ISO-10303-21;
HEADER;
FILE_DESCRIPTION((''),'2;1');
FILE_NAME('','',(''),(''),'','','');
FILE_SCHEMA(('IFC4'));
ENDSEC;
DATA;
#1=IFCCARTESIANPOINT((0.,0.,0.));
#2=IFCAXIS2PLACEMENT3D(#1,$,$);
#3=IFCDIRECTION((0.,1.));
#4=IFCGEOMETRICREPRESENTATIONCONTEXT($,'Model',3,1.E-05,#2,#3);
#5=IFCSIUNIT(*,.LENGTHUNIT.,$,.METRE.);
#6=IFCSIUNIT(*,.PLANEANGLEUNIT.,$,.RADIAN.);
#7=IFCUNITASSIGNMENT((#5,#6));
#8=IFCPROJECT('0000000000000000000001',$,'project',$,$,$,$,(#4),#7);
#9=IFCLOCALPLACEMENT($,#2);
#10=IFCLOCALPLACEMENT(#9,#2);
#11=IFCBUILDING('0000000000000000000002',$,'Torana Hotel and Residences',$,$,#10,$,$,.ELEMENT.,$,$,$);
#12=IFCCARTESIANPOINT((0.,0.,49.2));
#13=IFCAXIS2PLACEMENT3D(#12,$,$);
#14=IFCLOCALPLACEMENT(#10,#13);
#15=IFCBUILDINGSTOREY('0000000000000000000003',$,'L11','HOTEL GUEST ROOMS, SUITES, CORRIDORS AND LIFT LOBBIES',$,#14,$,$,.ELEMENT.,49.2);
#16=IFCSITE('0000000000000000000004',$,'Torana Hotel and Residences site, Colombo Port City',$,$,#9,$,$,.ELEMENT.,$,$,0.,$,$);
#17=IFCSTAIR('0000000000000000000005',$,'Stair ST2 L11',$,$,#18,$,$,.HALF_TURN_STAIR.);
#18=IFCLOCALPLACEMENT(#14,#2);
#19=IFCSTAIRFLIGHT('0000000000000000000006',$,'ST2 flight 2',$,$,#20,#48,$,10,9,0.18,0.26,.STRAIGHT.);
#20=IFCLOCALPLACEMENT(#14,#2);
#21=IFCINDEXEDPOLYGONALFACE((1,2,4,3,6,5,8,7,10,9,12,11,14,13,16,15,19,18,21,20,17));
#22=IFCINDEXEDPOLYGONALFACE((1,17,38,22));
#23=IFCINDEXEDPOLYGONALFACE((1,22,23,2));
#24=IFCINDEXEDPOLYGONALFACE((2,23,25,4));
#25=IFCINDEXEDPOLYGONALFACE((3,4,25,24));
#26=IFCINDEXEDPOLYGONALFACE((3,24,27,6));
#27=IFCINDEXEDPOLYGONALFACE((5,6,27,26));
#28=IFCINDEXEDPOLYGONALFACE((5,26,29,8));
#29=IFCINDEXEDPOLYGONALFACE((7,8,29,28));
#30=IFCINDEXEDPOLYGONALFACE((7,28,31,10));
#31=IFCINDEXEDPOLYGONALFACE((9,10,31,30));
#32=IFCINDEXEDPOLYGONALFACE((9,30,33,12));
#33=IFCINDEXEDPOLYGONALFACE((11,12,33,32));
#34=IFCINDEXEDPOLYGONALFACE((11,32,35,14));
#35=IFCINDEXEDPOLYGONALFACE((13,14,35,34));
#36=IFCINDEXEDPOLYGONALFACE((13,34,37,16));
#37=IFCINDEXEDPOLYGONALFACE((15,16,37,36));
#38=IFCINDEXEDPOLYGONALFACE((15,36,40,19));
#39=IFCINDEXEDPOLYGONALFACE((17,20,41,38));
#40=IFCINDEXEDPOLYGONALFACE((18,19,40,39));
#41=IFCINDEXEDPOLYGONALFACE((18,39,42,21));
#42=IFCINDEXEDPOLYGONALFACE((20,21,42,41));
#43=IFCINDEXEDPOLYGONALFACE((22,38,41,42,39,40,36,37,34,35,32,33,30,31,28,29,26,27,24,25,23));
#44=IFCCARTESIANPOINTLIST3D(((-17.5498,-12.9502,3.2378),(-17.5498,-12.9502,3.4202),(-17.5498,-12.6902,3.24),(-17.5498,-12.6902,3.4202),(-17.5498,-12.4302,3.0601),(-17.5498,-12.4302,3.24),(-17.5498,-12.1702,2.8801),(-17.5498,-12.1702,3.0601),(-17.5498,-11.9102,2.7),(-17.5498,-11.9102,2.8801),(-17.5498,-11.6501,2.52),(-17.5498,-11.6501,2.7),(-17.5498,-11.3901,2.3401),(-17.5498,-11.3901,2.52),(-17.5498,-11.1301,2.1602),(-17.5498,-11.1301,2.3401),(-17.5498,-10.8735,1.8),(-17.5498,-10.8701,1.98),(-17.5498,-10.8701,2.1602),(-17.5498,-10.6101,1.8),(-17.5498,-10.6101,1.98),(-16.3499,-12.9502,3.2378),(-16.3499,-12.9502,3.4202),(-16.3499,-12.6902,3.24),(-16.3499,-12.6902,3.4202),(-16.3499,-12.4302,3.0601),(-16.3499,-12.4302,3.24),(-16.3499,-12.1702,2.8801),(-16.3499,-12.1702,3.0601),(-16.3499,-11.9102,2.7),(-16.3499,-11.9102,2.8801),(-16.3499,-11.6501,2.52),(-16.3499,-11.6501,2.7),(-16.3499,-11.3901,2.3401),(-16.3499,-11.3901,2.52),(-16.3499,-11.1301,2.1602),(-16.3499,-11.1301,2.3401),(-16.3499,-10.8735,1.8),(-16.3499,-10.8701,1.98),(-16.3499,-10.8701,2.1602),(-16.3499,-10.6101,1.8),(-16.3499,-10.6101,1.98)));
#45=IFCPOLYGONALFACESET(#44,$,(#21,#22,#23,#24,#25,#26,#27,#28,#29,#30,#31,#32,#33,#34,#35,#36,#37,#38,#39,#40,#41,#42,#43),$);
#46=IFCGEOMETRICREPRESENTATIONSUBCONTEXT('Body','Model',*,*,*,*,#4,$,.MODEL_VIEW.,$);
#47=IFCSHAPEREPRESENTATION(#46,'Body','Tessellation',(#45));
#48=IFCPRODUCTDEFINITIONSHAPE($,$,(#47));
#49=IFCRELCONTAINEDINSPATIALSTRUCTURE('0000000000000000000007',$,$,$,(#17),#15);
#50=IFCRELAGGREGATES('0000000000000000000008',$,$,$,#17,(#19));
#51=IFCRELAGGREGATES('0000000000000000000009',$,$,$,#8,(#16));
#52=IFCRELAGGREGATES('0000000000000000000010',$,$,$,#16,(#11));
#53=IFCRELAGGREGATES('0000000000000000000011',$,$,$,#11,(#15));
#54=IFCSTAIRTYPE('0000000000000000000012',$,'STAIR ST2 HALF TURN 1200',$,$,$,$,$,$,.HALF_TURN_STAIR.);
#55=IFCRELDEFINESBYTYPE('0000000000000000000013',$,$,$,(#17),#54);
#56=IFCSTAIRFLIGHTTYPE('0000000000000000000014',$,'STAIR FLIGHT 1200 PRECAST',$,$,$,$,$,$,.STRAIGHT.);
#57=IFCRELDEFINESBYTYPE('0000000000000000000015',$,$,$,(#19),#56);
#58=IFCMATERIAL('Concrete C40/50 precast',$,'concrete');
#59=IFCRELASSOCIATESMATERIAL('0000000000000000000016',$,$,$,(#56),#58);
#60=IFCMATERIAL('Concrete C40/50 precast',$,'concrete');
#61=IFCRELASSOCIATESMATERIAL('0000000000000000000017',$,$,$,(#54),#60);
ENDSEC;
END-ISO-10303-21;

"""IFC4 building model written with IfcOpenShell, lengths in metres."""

from ifc_helpers import new_model, si_unit, direction, frame, origin, place, context, subcontext, project, spatial, polyline, outline, extrude, material, type_object, element, aggregate, save


model = new_model("IFC4")

# Units and contexts
model_context = context("Model", 3, precision=1e-05, world=origin(), true_north=direction((0.0, 1.0)))
body_context = subcontext(model_context, "Body", "Model", "MODEL_VIEW")
ifc_project = project(units=[si_unit("LENGTHUNIT", "METRE"), si_unit("PLANEANGLEUNIT", "RADIAN")], contexts=[model_context])

# Site, building, storey
site_placement = place(None, origin())
site = spatial("IfcSite", under=ifc_project, at=site_placement, Name="Torana Hotel and Residences site, Colombo Port City", CompositionType="ELEMENT", RefElevation=0.0)
building_placement = place(site_placement, origin())
building = spatial("IfcBuilding", under=site, at=building_placement, Name="Torana Hotel and Residences", CompositionType="ELEMENT")
storey_placement = place(building_placement, frame((0.0, 0.0, 49.2)))
storey = spatial("IfcBuildingStorey", under=building, at=storey_placement, Name="L11", Description="HOTEL GUEST ROOMS, SUITES, CORRIDORS AND LIFT LOBBIES", CompositionType="ELEMENT", Elevation=49.2)

# Stair, stair flight
ifc_material_1 = material(Name="Concrete C40/50 precast", Category="concrete")
stair_flight_type = type_object("IfcStairFlightType", Name="STAIR FLIGHT 1200 PRECAST", PredefinedType="STRAIGHT", material=ifc_material_1)
ifc_material_2 = material(Name="Concrete C40/50 precast", Category="concrete")
stair_type_1 = type_object("IfcStairType", Name="STAIR ST2 HALF TURN 1200", PredefinedType="HALF_TURN_STAIR", material=ifc_material_2)
stair_1_placement = place(storey_placement, origin())
stair_1 = element("IfcStair", 1, at=stair_1_placement, inside=storey, type_object=stair_type_1, Name="Stair ST2 L11", PredefinedType="HALF_TURN_STAIR")
stair_flight_1_placement = place(storey_placement, frame((-16.95, -10.6101, 1.8), z_axis=(0.0, 0.0, 1.0), x_axis=(0.0, -1.0, 0.0)))
stair_flight_1 = element("IfcStairFlight", 2, at=stair_flight_1_placement, type_object=stair_flight_type, Name="ST2 flight 2", NumberOfRisers=10, NumberOfTreads=9, PredefinedType="STRAIGHT", RiserHeight=0.18, TreadLength=0.26, context=body_context, shape_type="SweptSolid", body=[
    extrude(outline(polyline([(0.0, 0.0), (0.0, 0.1799), (0.26, 0.1799), (0.26, 0.3601), (0.52, 0.3601), (0.52, 0.54), (0.78, 0.54), (0.78, 0.72), (1.04, 0.72), (1.04, 0.8999), (1.3, 0.8999), (1.3, 1.0801), (1.5601, 1.0801), (1.5601, 1.26), (1.8201, 1.26), (1.8201, 1.4399), (2.0801, 1.4399), (2.0801, 1.6201), (2.3401, 1.6201), (2.3401, 1.8), (2.3401, 1.4377), (0.2634, 0.0), (0.0, 0.0)])), frame((0.0, 0.6001, 0.0), z_axis=(0.0, -1.0, 0.0), x_axis=(1.0, 0.0, 0.0)), (0.0, 0.0, 1.0), 1.2),
])
aggregate(stair_1, [stair_flight_1])

save(model, "model.ifc")
